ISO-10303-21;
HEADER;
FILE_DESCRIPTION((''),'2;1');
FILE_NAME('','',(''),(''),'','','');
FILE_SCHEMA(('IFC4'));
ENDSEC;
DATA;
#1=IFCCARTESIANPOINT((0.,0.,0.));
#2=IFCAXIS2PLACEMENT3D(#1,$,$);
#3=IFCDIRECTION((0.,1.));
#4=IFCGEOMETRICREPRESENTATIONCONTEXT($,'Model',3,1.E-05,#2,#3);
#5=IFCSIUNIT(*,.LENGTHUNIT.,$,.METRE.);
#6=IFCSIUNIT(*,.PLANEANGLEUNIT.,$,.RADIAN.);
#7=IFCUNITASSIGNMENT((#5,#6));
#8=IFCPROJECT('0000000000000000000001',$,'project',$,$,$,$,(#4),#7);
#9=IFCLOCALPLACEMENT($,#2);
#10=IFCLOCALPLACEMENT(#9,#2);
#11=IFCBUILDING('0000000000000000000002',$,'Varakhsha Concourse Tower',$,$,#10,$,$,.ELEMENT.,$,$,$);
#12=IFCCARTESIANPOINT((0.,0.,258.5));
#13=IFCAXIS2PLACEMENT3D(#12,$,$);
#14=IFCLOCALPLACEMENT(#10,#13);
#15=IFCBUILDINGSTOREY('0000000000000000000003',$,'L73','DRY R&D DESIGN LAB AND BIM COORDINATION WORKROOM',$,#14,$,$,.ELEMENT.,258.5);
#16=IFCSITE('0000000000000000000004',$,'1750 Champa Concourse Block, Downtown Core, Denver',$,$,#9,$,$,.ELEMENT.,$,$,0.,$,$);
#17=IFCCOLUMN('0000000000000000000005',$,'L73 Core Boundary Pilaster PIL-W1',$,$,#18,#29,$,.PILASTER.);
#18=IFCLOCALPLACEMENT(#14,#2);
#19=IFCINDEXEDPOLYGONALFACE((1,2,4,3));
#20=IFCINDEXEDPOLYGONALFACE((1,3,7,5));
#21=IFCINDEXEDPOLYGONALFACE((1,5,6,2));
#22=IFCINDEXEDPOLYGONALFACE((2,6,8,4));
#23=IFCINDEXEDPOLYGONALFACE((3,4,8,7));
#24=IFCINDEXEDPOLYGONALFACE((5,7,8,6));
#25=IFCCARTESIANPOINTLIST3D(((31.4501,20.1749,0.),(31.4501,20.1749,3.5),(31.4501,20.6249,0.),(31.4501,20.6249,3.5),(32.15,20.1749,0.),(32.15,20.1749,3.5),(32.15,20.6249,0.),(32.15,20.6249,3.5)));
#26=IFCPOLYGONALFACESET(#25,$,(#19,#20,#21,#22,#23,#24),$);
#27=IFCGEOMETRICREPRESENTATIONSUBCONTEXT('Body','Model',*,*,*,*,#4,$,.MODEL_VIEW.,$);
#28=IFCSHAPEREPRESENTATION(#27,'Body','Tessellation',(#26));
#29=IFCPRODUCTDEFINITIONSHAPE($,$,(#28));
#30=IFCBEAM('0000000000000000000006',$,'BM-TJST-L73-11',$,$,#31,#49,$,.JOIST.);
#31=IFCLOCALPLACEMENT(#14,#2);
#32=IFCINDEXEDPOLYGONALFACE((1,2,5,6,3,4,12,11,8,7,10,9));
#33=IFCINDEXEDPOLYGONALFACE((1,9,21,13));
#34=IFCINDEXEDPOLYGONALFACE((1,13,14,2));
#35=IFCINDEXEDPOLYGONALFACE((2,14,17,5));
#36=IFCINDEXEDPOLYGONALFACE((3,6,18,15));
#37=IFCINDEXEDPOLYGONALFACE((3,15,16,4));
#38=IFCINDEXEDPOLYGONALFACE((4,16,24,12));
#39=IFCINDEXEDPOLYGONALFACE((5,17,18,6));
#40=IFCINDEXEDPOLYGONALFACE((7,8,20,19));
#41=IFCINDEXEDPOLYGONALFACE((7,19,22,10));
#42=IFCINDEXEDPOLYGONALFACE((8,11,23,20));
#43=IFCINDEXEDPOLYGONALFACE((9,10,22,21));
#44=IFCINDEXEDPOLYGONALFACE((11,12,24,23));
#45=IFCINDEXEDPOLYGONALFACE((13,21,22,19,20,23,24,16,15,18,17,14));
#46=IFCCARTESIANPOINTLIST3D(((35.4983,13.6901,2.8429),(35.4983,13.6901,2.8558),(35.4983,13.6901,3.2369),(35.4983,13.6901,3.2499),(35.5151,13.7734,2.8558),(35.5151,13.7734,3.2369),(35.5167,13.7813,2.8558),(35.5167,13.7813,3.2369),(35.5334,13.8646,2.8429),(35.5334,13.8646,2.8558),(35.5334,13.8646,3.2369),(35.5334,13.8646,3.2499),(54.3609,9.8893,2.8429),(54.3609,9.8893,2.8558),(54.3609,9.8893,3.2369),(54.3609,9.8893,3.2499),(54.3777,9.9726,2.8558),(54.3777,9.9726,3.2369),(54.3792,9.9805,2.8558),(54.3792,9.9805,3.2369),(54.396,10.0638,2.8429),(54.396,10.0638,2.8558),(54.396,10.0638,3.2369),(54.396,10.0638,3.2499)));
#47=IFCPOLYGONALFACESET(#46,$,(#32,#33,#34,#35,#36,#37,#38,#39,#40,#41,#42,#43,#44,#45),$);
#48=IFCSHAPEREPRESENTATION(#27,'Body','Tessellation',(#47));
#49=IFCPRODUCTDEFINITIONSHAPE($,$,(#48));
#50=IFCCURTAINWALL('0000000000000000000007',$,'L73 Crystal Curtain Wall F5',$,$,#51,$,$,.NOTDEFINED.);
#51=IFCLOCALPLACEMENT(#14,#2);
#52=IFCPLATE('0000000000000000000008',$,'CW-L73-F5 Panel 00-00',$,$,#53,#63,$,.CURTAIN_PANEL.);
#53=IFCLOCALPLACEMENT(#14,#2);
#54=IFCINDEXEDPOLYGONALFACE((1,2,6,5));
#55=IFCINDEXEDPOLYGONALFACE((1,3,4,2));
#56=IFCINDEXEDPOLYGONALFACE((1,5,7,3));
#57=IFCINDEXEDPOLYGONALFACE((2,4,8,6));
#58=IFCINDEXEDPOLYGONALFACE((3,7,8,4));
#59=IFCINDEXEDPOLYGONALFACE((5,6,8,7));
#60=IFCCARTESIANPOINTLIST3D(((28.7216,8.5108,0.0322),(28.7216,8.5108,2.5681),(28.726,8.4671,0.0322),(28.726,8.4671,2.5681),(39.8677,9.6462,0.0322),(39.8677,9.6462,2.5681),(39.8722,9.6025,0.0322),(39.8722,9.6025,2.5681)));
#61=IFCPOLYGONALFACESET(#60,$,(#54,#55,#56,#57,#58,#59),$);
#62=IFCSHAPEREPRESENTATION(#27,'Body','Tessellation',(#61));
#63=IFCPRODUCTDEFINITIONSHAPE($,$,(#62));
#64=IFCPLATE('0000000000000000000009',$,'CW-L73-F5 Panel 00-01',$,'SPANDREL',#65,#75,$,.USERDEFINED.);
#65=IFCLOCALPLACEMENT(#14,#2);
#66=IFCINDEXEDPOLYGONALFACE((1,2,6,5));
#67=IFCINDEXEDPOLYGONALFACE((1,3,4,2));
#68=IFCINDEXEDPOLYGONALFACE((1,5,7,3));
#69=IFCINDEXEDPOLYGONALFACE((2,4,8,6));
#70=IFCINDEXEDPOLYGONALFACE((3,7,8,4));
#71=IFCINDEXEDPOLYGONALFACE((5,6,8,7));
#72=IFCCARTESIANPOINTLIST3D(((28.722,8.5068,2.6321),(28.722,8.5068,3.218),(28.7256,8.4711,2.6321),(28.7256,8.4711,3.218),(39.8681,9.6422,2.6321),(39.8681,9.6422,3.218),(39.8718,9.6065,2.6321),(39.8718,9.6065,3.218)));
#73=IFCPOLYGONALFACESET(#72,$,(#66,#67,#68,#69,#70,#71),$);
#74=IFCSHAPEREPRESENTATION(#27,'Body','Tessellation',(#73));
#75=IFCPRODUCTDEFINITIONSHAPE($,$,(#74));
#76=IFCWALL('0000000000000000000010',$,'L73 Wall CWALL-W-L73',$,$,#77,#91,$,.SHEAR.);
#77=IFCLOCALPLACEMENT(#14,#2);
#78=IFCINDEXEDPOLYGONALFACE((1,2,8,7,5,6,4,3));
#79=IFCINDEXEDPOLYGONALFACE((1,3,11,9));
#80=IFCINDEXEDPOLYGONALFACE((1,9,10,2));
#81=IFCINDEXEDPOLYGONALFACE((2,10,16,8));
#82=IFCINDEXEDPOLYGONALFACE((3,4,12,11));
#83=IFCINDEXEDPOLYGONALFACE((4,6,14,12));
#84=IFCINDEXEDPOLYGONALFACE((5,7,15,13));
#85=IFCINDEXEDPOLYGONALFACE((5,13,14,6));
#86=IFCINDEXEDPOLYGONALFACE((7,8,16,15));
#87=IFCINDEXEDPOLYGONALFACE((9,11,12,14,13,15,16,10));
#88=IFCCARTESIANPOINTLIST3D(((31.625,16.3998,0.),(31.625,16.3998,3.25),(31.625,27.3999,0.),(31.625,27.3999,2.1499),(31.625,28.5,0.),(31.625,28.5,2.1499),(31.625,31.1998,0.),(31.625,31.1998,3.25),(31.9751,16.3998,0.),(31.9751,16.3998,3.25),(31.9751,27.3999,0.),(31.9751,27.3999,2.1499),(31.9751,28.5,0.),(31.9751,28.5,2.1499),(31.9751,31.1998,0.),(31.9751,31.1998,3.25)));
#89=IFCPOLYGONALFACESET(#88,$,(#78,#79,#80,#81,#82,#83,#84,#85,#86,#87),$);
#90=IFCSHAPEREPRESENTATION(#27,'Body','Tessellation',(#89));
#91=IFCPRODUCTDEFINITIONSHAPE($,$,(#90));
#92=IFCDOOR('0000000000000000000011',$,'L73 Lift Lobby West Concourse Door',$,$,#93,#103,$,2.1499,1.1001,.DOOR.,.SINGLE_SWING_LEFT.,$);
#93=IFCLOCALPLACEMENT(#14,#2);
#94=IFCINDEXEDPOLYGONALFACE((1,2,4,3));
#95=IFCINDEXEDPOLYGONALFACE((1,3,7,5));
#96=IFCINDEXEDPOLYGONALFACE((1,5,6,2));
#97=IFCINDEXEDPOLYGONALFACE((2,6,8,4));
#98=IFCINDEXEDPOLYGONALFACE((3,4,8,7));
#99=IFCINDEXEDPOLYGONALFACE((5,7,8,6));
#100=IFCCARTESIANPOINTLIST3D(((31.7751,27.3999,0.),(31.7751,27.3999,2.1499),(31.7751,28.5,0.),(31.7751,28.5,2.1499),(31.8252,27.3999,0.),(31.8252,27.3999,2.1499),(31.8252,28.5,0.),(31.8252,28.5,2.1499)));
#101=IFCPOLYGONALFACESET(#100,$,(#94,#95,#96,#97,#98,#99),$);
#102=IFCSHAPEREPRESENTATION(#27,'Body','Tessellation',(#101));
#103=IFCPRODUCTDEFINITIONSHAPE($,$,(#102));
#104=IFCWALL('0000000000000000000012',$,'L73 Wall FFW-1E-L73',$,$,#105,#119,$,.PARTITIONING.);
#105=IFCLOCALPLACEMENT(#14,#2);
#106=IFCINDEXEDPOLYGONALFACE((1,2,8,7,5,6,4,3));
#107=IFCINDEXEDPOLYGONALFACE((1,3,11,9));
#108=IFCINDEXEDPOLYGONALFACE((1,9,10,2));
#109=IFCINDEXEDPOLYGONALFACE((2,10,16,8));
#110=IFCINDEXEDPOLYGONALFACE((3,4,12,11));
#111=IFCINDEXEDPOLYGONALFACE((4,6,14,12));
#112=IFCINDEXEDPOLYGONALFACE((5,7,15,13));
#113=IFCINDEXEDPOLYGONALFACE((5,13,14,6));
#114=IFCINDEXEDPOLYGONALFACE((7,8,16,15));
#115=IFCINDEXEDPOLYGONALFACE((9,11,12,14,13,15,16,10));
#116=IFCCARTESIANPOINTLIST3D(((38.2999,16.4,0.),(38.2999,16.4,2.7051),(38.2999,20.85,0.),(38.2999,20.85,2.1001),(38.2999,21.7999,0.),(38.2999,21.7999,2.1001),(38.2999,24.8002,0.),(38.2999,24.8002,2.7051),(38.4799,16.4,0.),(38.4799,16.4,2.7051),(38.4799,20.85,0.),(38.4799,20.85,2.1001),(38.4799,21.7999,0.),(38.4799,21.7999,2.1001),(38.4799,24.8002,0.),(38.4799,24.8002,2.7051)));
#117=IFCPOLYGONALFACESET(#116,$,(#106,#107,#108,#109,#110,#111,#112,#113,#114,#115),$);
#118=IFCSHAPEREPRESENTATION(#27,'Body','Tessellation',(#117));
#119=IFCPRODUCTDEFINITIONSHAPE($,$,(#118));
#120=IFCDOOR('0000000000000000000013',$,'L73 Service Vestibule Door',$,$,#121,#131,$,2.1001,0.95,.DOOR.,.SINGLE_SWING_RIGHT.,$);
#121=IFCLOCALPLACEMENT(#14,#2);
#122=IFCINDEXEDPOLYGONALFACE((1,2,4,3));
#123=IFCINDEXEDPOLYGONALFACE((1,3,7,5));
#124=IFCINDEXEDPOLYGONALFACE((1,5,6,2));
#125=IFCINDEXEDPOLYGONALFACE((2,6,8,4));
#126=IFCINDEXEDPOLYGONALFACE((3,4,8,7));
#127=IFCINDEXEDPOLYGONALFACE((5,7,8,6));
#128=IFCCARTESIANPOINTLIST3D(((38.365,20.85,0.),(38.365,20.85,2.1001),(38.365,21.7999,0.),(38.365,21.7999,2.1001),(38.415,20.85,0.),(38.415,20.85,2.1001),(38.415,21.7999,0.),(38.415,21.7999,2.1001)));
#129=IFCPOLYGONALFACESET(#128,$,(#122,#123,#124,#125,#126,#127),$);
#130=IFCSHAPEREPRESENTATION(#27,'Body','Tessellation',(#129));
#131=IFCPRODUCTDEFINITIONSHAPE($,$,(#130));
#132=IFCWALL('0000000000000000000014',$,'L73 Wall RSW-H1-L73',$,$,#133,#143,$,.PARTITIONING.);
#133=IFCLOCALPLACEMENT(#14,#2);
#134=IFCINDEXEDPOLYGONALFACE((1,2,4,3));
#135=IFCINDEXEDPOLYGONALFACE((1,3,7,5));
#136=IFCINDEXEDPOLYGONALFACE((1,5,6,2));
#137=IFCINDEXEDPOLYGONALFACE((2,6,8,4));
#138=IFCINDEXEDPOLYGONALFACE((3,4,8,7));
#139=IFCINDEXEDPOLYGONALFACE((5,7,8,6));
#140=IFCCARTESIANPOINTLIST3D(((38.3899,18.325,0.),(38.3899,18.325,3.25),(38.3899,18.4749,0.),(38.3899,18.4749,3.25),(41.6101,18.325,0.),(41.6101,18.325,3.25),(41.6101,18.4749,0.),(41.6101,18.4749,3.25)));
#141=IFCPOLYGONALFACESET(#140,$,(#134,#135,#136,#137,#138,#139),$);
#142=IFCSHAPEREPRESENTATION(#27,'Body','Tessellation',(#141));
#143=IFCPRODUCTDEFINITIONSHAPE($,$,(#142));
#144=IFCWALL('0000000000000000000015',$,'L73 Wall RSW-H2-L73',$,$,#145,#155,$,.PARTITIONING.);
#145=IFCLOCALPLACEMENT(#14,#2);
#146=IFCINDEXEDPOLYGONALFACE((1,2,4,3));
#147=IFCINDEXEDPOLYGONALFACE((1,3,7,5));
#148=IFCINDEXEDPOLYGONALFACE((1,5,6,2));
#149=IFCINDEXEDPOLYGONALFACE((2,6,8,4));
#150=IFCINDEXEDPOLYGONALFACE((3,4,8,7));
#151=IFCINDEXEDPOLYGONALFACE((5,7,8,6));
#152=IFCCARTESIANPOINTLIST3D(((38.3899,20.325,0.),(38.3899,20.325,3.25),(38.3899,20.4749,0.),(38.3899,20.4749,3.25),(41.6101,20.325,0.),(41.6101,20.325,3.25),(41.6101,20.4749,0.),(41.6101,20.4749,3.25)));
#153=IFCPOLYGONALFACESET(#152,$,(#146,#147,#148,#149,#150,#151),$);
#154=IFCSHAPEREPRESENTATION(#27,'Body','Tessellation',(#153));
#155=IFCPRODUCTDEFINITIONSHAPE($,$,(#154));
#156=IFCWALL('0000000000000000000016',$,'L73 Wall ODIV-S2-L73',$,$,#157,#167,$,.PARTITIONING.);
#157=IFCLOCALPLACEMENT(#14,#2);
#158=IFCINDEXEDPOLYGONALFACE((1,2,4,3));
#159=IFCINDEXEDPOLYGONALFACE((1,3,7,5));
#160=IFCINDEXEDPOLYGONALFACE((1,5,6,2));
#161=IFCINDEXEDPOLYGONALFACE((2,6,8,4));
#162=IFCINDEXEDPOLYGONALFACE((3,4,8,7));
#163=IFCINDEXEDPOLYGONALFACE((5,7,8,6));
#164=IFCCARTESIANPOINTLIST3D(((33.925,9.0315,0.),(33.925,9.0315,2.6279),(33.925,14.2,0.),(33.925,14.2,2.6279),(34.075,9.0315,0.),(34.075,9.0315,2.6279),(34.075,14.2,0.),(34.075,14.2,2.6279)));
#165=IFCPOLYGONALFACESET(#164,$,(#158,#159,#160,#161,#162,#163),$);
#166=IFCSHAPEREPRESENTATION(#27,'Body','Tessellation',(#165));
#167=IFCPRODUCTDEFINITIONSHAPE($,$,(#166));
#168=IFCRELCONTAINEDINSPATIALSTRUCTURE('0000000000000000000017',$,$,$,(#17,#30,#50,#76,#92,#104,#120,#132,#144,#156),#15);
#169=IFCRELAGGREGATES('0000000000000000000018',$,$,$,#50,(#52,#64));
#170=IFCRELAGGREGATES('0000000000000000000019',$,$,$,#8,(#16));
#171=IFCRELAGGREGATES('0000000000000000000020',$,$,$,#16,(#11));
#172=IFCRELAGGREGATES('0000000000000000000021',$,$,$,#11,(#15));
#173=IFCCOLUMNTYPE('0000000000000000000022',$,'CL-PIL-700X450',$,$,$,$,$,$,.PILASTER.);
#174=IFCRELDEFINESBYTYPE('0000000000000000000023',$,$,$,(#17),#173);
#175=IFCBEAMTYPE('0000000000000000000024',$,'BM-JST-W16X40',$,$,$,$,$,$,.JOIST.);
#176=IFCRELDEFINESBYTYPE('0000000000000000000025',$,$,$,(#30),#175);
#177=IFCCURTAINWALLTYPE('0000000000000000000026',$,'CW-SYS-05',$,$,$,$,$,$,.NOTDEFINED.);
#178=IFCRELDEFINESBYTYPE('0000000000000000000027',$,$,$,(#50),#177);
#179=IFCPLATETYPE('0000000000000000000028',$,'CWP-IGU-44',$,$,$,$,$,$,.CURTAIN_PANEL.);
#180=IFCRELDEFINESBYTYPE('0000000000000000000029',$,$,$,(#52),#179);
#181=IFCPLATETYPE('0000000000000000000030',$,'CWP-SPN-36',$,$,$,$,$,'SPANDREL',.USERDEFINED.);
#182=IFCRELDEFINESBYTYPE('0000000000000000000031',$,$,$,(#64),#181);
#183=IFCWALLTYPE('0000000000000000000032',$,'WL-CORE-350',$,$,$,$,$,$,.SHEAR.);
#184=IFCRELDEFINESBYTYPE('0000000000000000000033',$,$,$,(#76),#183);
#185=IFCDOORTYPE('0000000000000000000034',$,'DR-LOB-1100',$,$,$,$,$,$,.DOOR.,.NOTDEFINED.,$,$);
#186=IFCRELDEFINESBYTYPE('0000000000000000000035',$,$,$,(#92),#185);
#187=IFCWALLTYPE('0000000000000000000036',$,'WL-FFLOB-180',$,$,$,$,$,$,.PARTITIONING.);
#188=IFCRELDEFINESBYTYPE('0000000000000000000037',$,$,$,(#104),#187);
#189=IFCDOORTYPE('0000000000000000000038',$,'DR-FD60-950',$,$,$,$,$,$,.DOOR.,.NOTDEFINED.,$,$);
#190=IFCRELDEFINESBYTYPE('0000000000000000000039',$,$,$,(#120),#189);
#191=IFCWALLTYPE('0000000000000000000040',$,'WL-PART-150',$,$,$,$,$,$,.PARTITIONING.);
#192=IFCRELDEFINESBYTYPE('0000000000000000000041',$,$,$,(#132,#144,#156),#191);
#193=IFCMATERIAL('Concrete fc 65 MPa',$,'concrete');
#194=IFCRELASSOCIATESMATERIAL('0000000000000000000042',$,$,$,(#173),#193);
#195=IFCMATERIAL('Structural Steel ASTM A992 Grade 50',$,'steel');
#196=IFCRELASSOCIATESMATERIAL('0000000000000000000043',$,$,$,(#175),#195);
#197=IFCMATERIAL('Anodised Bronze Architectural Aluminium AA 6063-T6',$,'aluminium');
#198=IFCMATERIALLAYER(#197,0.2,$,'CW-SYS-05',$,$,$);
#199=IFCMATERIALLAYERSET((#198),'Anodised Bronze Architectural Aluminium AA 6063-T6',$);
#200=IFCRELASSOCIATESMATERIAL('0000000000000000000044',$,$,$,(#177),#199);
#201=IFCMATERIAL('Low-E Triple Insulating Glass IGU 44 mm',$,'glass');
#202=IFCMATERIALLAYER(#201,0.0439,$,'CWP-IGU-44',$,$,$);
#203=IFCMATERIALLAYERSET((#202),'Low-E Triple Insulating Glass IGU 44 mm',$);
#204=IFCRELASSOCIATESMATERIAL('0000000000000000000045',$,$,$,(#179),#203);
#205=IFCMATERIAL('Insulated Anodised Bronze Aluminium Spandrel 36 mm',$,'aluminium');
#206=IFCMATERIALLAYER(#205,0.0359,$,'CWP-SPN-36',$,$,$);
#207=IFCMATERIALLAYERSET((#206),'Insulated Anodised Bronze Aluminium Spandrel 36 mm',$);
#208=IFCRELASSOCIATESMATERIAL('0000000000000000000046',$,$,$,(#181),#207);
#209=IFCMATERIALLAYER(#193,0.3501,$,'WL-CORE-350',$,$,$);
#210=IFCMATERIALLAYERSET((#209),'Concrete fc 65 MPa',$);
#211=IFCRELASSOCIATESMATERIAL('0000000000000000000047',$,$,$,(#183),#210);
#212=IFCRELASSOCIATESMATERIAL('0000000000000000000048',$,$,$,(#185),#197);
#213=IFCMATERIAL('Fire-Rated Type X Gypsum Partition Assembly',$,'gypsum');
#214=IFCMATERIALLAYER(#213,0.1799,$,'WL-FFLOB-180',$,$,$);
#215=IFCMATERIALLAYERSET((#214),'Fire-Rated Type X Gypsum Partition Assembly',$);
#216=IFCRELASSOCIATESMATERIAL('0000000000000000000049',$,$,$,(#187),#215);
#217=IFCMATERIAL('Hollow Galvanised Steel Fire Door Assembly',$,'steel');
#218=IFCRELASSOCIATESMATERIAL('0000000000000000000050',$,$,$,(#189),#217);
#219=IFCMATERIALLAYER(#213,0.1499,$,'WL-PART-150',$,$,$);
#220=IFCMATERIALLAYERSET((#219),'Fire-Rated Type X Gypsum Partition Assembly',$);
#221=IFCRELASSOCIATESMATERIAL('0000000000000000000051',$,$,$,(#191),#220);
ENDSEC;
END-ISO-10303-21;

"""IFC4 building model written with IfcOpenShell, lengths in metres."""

from ifc_helpers import new_model, si_unit, direction, frame, frame_2d, origin, origin_2d, place, context, subcontext, project, spatial, rectangle, i_section, extrude, source, transform, mapped, material, layer, layer_set, material_profile, profile_set, type_object, type_shapes, element, fill, aggregate, save


model = new_model("IFC4")

# Units and contexts
model_context = context("Model", 3, precision=1e-05, world=origin(), true_north=direction((0.0, 1.0)))
body_context = subcontext(model_context, "Body", "Model", "MODEL_VIEW")
ifc_project = project(units=[si_unit("LENGTHUNIT", "METRE"), si_unit("PLANEANGLEUNIT", "RADIAN")], contexts=[model_context])

# Site, building, storey
site_placement = place(None, origin())
site = spatial("IfcSite", under=ifc_project, at=site_placement, Name="1750 Champa Concourse Block, Downtown Core, Denver", CompositionType="ELEMENT", RefElevation=0.0)
building_placement = place(site_placement, origin())
building = spatial("IfcBuilding", under=site, at=building_placement, Name="Varakhsha Concourse Tower", CompositionType="ELEMENT")
storey_placement = place(building_placement, frame((0.0, 0.0, 258.5)))
storey = spatial("IfcBuildingStorey", under=building, at=storey_placement, Name="L73", Description="DRY R&D DESIGN LAB AND BIM COORDINATION WORKROOM", CompositionType="ELEMENT", Elevation=258.5)

# Column
ifc_material_1 = material(Name="Concrete fc 65 MPa", Category="concrete")
ifc_material_profile_1 = material_profile(ifc_material_1, rectangle(XDim=0.7, YDim=0.45, at=origin_2d()), Name="RC 700x450")
ifc_profile_set_1 = profile_set([ifc_material_profile_1], Name="Concrete fc 65 MPa")
column_type = type_object("IfcColumnType", Name="CL-PIL-700X450", PredefinedType="PILASTER", material=ifc_profile_set_1)
column_placement = place(storey_placement, frame((31.8, 20.3999, 0.0), z_axis=(0.0, 0.0, 1.0), x_axis=(1.0, 0.0, 0.0)))
element("IfcColumn", 1, at=column_placement, inside=storey, type_object=column_type, Name="L73 Core Boundary Pilaster PIL-W1", PredefinedType="PILASTER", context=body_context, shape_type="SweptSolid", body=[
    extrude(rectangle(XDim=0.7, YDim=0.45, at=origin_2d()), origin(), (0.0, 0.0, 1.0), 3.5),
])

# Beam
ifc_material_2 = material(Name="Structural Steel ASTM A992 Grade 50", Category="steel")
ifc_material_profile_2 = material_profile(ifc_material_2, i_section(OverallWidth=0.178, OverallDepth=0.407, WebThickness=0.0081, FlangeThickness=0.0129, at=origin_2d()), Name="W16X40")
ifc_profile_set_2 = profile_set([ifc_material_profile_2], Name="Structural Steel ASTM A992 Grade 50")
beam_type = type_object("IfcBeamType", Name="BM-JST-W16X40", PredefinedType="JOIST", material=ifc_profile_set_2)
beam_placement = place(storey_placement, frame((35.5159, 13.7773, 3.0464), z_axis=(0.980297, -0.197529, 0.0), x_axis=(0.197529, 0.980297, 0.0)))
element("IfcBeam", 2, at=beam_placement, inside=storey, type_object=beam_type, Name="BM-TJST-L73-11", PredefinedType="JOIST", context=body_context, shape_type="SweptSolid", body=[
    extrude(i_section(OverallWidth=0.178, OverallDepth=0.407, WebThickness=0.0081, FlangeThickness=0.0129, at=origin_2d()), origin(), (0.0, 0.0, 1.0), 19.2417),
])

# Curtain wall, plates
ifc_material_3 = material(Name="Anodised Bronze Architectural Aluminium AA 6063-T6", Category="aluminium")
ifc_layer_1 = layer(ifc_material_3, 0.2, Name="CW-SYS-05")
ifc_layer_set_1 = layer_set([ifc_layer_1], Name="Anodised Bronze Architectural Aluminium AA 6063-T6")
curtain_wall_type = type_object("IfcCurtainWallType", Name="CW-SYS-05", PredefinedType="NOTDEFINED", material=ifc_layer_set_1)
curtain_wall_placement = place(storey_placement, origin())
curtain_wall = element("IfcCurtainWall", 3, at=curtain_wall_placement, inside=storey, type_object=curtain_wall_type, Name="L73 Crystal Curtain Wall F5", PredefinedType="NOTDEFINED")
ifc_material_4 = material(Name="Low-E Triple Insulating Glass IGU 44 mm", Category="glass")
ifc_layer_2 = layer(ifc_material_4, 0.0439, Name="CWP-IGU-44")
ifc_layer_set_2 = layer_set([ifc_layer_2], Name="Low-E Triple Insulating Glass IGU 44 mm")
plate_type_1 = type_object("IfcPlateType", Name="CWP-IGU-44", PredefinedType="CURTAIN_PANEL", material=ifc_layer_set_2)
shared_shape_1 = source(origin(), body_context, "Body", "SweptSolid", [
    extrude(rectangle(XDim=11.2039, YDim=0.0439, at=origin_2d()), origin(), (0.0, 0.0, 1.0), 2.5359),
])
type_shapes(plate_type_1, [shared_shape_1])
plate_1_placement = place(storey_placement, frame((34.2969, 9.0566, 0.0322), z_axis=(0.0, 0.0, 1.0), x_axis=(-0.994852, -0.101336, 0.0)))
plate_1 = element("IfcPlate", 4, at=plate_1_placement, type_object=plate_type_1, Name="CW-L73-F5 Panel 00-00", PredefinedType="CURTAIN_PANEL", context=body_context, shape_type="MappedRepresentation", body=[
    mapped(shared_shape_1, transform((0.0, 0.0, 0.0), scale=1.0)),
])
ifc_material_5 = material(Name="Insulated Anodised Bronze Aluminium Spandrel 36 mm", Category="aluminium")
ifc_layer_3 = layer(ifc_material_5, 0.0359, Name="CWP-SPN-36")
ifc_layer_set_3 = layer_set([ifc_layer_3], Name="Insulated Anodised Bronze Aluminium Spandrel 36 mm")
plate_type_2 = type_object("IfcPlateType", Name="CWP-SPN-36", ElementType="SPANDREL", PredefinedType="USERDEFINED", material=ifc_layer_set_3)
shared_shape_2 = source(origin(), body_context, "Body", "SweptSolid", [
    extrude(rectangle(XDim=11.2039, YDim=0.0359, at=origin_2d()), origin(), (0.0, 0.0, 1.0), 0.5859),
])
type_shapes(plate_type_2, [shared_shape_2])
plate_2_placement = place(storey_placement, frame((34.2969, 9.0566, 2.6321), z_axis=(0.0, 0.0, 1.0), x_axis=(-0.994852, -0.101336, 0.0)))
plate_2 = element("IfcPlate", 5, at=plate_2_placement, type_object=plate_type_2, Name="CW-L73-F5 Panel 00-01", ObjectType="SPANDREL", PredefinedType="USERDEFINED", context=body_context, shape_type="MappedRepresentation", body=[
    mapped(shared_shape_2, transform((0.0, 0.0, 0.0), scale=1.0)),
])
aggregate(curtain_wall, [plate_1, plate_2])

# Walls, openings, doors
ifc_layer_4 = layer(ifc_material_1, 0.3501, Name="WL-CORE-350")
ifc_layer_set_4 = layer_set([ifc_layer_4], Name="Concrete fc 65 MPa")
wall_type_1 = type_object("IfcWallType", Name="WL-CORE-350", PredefinedType="SHEAR", material=ifc_layer_set_4)
wall_1_placement = place(storey_placement, frame((31.8, 16.3999, 0.0), z_axis=(0.0, 0.0, 1.0), x_axis=(0.0, 1.0, 0.0)))
wall_1 = element("IfcWall", 6, at=wall_1_placement, inside=storey, type_object=wall_type_1, Name="L73 Wall CWALL-W-L73", PredefinedType="SHEAR", context=body_context, shape_type="SweptSolid", body=[
    extrude(rectangle(XDim=14.8, YDim=0.3501, at=frame_2d((7.3999, 0.0))), origin(), (0.0, 0.0, 1.0), 3.25),
])
opening_1_placement = place(wall_1_placement, frame((11.0, 0.0, 0.0)))
opening_1 = element("IfcOpeningElement", 7, at=opening_1_placement, cuts=wall_1, PredefinedType="OPENING", context=body_context, shape_type="SweptSolid", body=[
    extrude(rectangle(XDim=1.1001, YDim=2.1499, at=frame_2d((0.55, 1.075))), frame((0.0, 0.1851, 0.0), z_axis=(0.0, -1.0, 0.0), x_axis=(1.0, 0.0, 0.0)), (0.0, 0.0, 1.0), 0.3701),
])
door_type_1 = type_object("IfcDoorType", Name="DR-LOB-1100", OperationType="NOTDEFINED", PredefinedType="DOOR", material=ifc_material_3)
door_1_placement = place(opening_1_placement, origin())
door_1 = element("IfcDoor", 8, at=door_1_placement, inside=storey, type_object=door_type_1, Name="L73 Lift Lobby West Concourse Door", OperationType="SINGLE_SWING_LEFT", OverallHeight=2.1499, OverallWidth=1.1001, PredefinedType="DOOR", context=body_context, shape_type="SweptSolid", body=[
    extrude(rectangle(XDim=1.1001, YDim=2.1499, at=frame_2d((0.55, 1.075))), frame((0.0, 0.0249, 0.0), z_axis=(0.0, -1.0, 0.0), x_axis=(1.0, 0.0, 0.0)), (0.0, 0.0, 1.0), 0.05),
])
fill(opening_1, door_1)
ifc_material_6 = material(Name="Fire-Rated Type X Gypsum Partition Assembly", Category="gypsum")
ifc_layer_5 = layer(ifc_material_6, 0.1799, Name="WL-FFLOB-180")
ifc_layer_set_5 = layer_set([ifc_layer_5], Name="Fire-Rated Type X Gypsum Partition Assembly")
wall_type_2 = type_object("IfcWallType", Name="WL-FFLOB-180", PredefinedType="PARTITIONING", material=ifc_layer_set_5)
wall_2_placement = place(storey_placement, frame((38.3899, 16.3999, 0.0), z_axis=(0.0, 0.0, 1.0), x_axis=(0.0, 1.0, 0.0)))
wall_2 = element("IfcWall", 9, at=wall_2_placement, inside=storey, type_object=wall_type_2, Name="L73 Wall FFW-1E-L73", PredefinedType="PARTITIONING", context=body_context, shape_type="SweptSolid", body=[
    extrude(rectangle(XDim=8.4001, YDim=0.1799, at=frame_2d((4.2002, 0.0))), origin(), (0.0, 0.0, 1.0), 2.7051),
])
opening_2_placement = place(wall_2_placement, frame((4.45, 0.0, 0.0)))
opening_2 = element("IfcOpeningElement", 10, at=opening_2_placement, cuts=wall_2, PredefinedType="OPENING", context=body_context, shape_type="SweptSolid", body=[
    extrude(rectangle(XDim=0.95, YDim=2.1001, at=frame_2d((0.4751, 1.05))), frame((0.0, 0.0999, 0.0), z_axis=(0.0, -1.0, 0.0), x_axis=(1.0, 0.0, 0.0)), (0.0, 0.0, 1.0), 0.2),
])
ifc_material_7 = material(Name="Hollow Galvanised Steel Fire Door Assembly", Category="steel")
door_type_2 = type_object("IfcDoorType", Name="DR-FD60-950", OperationType="NOTDEFINED", PredefinedType="DOOR", material=ifc_material_7)
door_2_placement = place(opening_2_placement, origin())
door_2 = element("IfcDoor", 11, at=door_2_placement, inside=storey, type_object=door_type_2, Name="L73 Service Vestibule Door", OperationType="SINGLE_SWING_RIGHT", OverallHeight=2.1001, OverallWidth=0.95, PredefinedType="DOOR", context=body_context, shape_type="SweptSolid", body=[
    extrude(rectangle(XDim=0.95, YDim=2.1001, at=frame_2d((0.4751, 1.05))), frame((0.0, 0.0249, 0.0), z_axis=(0.0, -1.0, 0.0), x_axis=(1.0, 0.0, 0.0)), (0.0, 0.0, 1.0), 0.05),
])
fill(opening_2, door_2)

# Walls
ifc_layer_6 = layer(ifc_material_6, 0.1499, Name="WL-PART-150")
ifc_layer_set_6 = layer_set([ifc_layer_6], Name="Fire-Rated Type X Gypsum Partition Assembly")
wall_type_3 = type_object("IfcWallType", Name="WL-PART-150", PredefinedType="PARTITIONING", material=ifc_layer_set_6)
for number, where, z_axis, x_axis, name in (
    (12, (38.3899, 18.3999, 0.0), (0.0, 0.0, 1.0), (1.0, 0.0, 0.0), "L73 Wall RSW-H1-L73"),
    (13, (38.3899, 20.3999, 0.0), (0.0, 0.0, 1.0), (1.0, 0.0, 0.0), "L73 Wall RSW-H2-L73"),
):
    element("IfcWall", number, at=place(storey_placement, frame(where, z_axis=z_axis, x_axis=x_axis)), inside=storey, type_object=wall_type_3, Name=name, PredefinedType="PARTITIONING", context=body_context, shape_type="SweptSolid", body=[
        extrude(rectangle(XDim=3.2202, YDim=0.1499, at=frame_2d((1.6101, 0.0))), origin(), (0.0, 0.0, 1.0), 3.25),
    ])
wall_3_placement = place(storey_placement, frame((34.0, 9.0315, 0.0), z_axis=(0.0, 0.0, 1.0), x_axis=(0.0, 1.0, 0.0)))
element("IfcWall", 14, at=wall_3_placement, inside=storey, type_object=wall_type_3, Name="L73 Wall ODIV-S2-L73", PredefinedType="PARTITIONING", context=body_context, shape_type="SweptSolid", body=[
    extrude(rectangle(XDim=5.1685, YDim=0.1499, at=frame_2d((2.5842, 0.0))), origin(), (0.0, 0.0, 1.0), 2.6279),
])

save(model, "model.ifc")
